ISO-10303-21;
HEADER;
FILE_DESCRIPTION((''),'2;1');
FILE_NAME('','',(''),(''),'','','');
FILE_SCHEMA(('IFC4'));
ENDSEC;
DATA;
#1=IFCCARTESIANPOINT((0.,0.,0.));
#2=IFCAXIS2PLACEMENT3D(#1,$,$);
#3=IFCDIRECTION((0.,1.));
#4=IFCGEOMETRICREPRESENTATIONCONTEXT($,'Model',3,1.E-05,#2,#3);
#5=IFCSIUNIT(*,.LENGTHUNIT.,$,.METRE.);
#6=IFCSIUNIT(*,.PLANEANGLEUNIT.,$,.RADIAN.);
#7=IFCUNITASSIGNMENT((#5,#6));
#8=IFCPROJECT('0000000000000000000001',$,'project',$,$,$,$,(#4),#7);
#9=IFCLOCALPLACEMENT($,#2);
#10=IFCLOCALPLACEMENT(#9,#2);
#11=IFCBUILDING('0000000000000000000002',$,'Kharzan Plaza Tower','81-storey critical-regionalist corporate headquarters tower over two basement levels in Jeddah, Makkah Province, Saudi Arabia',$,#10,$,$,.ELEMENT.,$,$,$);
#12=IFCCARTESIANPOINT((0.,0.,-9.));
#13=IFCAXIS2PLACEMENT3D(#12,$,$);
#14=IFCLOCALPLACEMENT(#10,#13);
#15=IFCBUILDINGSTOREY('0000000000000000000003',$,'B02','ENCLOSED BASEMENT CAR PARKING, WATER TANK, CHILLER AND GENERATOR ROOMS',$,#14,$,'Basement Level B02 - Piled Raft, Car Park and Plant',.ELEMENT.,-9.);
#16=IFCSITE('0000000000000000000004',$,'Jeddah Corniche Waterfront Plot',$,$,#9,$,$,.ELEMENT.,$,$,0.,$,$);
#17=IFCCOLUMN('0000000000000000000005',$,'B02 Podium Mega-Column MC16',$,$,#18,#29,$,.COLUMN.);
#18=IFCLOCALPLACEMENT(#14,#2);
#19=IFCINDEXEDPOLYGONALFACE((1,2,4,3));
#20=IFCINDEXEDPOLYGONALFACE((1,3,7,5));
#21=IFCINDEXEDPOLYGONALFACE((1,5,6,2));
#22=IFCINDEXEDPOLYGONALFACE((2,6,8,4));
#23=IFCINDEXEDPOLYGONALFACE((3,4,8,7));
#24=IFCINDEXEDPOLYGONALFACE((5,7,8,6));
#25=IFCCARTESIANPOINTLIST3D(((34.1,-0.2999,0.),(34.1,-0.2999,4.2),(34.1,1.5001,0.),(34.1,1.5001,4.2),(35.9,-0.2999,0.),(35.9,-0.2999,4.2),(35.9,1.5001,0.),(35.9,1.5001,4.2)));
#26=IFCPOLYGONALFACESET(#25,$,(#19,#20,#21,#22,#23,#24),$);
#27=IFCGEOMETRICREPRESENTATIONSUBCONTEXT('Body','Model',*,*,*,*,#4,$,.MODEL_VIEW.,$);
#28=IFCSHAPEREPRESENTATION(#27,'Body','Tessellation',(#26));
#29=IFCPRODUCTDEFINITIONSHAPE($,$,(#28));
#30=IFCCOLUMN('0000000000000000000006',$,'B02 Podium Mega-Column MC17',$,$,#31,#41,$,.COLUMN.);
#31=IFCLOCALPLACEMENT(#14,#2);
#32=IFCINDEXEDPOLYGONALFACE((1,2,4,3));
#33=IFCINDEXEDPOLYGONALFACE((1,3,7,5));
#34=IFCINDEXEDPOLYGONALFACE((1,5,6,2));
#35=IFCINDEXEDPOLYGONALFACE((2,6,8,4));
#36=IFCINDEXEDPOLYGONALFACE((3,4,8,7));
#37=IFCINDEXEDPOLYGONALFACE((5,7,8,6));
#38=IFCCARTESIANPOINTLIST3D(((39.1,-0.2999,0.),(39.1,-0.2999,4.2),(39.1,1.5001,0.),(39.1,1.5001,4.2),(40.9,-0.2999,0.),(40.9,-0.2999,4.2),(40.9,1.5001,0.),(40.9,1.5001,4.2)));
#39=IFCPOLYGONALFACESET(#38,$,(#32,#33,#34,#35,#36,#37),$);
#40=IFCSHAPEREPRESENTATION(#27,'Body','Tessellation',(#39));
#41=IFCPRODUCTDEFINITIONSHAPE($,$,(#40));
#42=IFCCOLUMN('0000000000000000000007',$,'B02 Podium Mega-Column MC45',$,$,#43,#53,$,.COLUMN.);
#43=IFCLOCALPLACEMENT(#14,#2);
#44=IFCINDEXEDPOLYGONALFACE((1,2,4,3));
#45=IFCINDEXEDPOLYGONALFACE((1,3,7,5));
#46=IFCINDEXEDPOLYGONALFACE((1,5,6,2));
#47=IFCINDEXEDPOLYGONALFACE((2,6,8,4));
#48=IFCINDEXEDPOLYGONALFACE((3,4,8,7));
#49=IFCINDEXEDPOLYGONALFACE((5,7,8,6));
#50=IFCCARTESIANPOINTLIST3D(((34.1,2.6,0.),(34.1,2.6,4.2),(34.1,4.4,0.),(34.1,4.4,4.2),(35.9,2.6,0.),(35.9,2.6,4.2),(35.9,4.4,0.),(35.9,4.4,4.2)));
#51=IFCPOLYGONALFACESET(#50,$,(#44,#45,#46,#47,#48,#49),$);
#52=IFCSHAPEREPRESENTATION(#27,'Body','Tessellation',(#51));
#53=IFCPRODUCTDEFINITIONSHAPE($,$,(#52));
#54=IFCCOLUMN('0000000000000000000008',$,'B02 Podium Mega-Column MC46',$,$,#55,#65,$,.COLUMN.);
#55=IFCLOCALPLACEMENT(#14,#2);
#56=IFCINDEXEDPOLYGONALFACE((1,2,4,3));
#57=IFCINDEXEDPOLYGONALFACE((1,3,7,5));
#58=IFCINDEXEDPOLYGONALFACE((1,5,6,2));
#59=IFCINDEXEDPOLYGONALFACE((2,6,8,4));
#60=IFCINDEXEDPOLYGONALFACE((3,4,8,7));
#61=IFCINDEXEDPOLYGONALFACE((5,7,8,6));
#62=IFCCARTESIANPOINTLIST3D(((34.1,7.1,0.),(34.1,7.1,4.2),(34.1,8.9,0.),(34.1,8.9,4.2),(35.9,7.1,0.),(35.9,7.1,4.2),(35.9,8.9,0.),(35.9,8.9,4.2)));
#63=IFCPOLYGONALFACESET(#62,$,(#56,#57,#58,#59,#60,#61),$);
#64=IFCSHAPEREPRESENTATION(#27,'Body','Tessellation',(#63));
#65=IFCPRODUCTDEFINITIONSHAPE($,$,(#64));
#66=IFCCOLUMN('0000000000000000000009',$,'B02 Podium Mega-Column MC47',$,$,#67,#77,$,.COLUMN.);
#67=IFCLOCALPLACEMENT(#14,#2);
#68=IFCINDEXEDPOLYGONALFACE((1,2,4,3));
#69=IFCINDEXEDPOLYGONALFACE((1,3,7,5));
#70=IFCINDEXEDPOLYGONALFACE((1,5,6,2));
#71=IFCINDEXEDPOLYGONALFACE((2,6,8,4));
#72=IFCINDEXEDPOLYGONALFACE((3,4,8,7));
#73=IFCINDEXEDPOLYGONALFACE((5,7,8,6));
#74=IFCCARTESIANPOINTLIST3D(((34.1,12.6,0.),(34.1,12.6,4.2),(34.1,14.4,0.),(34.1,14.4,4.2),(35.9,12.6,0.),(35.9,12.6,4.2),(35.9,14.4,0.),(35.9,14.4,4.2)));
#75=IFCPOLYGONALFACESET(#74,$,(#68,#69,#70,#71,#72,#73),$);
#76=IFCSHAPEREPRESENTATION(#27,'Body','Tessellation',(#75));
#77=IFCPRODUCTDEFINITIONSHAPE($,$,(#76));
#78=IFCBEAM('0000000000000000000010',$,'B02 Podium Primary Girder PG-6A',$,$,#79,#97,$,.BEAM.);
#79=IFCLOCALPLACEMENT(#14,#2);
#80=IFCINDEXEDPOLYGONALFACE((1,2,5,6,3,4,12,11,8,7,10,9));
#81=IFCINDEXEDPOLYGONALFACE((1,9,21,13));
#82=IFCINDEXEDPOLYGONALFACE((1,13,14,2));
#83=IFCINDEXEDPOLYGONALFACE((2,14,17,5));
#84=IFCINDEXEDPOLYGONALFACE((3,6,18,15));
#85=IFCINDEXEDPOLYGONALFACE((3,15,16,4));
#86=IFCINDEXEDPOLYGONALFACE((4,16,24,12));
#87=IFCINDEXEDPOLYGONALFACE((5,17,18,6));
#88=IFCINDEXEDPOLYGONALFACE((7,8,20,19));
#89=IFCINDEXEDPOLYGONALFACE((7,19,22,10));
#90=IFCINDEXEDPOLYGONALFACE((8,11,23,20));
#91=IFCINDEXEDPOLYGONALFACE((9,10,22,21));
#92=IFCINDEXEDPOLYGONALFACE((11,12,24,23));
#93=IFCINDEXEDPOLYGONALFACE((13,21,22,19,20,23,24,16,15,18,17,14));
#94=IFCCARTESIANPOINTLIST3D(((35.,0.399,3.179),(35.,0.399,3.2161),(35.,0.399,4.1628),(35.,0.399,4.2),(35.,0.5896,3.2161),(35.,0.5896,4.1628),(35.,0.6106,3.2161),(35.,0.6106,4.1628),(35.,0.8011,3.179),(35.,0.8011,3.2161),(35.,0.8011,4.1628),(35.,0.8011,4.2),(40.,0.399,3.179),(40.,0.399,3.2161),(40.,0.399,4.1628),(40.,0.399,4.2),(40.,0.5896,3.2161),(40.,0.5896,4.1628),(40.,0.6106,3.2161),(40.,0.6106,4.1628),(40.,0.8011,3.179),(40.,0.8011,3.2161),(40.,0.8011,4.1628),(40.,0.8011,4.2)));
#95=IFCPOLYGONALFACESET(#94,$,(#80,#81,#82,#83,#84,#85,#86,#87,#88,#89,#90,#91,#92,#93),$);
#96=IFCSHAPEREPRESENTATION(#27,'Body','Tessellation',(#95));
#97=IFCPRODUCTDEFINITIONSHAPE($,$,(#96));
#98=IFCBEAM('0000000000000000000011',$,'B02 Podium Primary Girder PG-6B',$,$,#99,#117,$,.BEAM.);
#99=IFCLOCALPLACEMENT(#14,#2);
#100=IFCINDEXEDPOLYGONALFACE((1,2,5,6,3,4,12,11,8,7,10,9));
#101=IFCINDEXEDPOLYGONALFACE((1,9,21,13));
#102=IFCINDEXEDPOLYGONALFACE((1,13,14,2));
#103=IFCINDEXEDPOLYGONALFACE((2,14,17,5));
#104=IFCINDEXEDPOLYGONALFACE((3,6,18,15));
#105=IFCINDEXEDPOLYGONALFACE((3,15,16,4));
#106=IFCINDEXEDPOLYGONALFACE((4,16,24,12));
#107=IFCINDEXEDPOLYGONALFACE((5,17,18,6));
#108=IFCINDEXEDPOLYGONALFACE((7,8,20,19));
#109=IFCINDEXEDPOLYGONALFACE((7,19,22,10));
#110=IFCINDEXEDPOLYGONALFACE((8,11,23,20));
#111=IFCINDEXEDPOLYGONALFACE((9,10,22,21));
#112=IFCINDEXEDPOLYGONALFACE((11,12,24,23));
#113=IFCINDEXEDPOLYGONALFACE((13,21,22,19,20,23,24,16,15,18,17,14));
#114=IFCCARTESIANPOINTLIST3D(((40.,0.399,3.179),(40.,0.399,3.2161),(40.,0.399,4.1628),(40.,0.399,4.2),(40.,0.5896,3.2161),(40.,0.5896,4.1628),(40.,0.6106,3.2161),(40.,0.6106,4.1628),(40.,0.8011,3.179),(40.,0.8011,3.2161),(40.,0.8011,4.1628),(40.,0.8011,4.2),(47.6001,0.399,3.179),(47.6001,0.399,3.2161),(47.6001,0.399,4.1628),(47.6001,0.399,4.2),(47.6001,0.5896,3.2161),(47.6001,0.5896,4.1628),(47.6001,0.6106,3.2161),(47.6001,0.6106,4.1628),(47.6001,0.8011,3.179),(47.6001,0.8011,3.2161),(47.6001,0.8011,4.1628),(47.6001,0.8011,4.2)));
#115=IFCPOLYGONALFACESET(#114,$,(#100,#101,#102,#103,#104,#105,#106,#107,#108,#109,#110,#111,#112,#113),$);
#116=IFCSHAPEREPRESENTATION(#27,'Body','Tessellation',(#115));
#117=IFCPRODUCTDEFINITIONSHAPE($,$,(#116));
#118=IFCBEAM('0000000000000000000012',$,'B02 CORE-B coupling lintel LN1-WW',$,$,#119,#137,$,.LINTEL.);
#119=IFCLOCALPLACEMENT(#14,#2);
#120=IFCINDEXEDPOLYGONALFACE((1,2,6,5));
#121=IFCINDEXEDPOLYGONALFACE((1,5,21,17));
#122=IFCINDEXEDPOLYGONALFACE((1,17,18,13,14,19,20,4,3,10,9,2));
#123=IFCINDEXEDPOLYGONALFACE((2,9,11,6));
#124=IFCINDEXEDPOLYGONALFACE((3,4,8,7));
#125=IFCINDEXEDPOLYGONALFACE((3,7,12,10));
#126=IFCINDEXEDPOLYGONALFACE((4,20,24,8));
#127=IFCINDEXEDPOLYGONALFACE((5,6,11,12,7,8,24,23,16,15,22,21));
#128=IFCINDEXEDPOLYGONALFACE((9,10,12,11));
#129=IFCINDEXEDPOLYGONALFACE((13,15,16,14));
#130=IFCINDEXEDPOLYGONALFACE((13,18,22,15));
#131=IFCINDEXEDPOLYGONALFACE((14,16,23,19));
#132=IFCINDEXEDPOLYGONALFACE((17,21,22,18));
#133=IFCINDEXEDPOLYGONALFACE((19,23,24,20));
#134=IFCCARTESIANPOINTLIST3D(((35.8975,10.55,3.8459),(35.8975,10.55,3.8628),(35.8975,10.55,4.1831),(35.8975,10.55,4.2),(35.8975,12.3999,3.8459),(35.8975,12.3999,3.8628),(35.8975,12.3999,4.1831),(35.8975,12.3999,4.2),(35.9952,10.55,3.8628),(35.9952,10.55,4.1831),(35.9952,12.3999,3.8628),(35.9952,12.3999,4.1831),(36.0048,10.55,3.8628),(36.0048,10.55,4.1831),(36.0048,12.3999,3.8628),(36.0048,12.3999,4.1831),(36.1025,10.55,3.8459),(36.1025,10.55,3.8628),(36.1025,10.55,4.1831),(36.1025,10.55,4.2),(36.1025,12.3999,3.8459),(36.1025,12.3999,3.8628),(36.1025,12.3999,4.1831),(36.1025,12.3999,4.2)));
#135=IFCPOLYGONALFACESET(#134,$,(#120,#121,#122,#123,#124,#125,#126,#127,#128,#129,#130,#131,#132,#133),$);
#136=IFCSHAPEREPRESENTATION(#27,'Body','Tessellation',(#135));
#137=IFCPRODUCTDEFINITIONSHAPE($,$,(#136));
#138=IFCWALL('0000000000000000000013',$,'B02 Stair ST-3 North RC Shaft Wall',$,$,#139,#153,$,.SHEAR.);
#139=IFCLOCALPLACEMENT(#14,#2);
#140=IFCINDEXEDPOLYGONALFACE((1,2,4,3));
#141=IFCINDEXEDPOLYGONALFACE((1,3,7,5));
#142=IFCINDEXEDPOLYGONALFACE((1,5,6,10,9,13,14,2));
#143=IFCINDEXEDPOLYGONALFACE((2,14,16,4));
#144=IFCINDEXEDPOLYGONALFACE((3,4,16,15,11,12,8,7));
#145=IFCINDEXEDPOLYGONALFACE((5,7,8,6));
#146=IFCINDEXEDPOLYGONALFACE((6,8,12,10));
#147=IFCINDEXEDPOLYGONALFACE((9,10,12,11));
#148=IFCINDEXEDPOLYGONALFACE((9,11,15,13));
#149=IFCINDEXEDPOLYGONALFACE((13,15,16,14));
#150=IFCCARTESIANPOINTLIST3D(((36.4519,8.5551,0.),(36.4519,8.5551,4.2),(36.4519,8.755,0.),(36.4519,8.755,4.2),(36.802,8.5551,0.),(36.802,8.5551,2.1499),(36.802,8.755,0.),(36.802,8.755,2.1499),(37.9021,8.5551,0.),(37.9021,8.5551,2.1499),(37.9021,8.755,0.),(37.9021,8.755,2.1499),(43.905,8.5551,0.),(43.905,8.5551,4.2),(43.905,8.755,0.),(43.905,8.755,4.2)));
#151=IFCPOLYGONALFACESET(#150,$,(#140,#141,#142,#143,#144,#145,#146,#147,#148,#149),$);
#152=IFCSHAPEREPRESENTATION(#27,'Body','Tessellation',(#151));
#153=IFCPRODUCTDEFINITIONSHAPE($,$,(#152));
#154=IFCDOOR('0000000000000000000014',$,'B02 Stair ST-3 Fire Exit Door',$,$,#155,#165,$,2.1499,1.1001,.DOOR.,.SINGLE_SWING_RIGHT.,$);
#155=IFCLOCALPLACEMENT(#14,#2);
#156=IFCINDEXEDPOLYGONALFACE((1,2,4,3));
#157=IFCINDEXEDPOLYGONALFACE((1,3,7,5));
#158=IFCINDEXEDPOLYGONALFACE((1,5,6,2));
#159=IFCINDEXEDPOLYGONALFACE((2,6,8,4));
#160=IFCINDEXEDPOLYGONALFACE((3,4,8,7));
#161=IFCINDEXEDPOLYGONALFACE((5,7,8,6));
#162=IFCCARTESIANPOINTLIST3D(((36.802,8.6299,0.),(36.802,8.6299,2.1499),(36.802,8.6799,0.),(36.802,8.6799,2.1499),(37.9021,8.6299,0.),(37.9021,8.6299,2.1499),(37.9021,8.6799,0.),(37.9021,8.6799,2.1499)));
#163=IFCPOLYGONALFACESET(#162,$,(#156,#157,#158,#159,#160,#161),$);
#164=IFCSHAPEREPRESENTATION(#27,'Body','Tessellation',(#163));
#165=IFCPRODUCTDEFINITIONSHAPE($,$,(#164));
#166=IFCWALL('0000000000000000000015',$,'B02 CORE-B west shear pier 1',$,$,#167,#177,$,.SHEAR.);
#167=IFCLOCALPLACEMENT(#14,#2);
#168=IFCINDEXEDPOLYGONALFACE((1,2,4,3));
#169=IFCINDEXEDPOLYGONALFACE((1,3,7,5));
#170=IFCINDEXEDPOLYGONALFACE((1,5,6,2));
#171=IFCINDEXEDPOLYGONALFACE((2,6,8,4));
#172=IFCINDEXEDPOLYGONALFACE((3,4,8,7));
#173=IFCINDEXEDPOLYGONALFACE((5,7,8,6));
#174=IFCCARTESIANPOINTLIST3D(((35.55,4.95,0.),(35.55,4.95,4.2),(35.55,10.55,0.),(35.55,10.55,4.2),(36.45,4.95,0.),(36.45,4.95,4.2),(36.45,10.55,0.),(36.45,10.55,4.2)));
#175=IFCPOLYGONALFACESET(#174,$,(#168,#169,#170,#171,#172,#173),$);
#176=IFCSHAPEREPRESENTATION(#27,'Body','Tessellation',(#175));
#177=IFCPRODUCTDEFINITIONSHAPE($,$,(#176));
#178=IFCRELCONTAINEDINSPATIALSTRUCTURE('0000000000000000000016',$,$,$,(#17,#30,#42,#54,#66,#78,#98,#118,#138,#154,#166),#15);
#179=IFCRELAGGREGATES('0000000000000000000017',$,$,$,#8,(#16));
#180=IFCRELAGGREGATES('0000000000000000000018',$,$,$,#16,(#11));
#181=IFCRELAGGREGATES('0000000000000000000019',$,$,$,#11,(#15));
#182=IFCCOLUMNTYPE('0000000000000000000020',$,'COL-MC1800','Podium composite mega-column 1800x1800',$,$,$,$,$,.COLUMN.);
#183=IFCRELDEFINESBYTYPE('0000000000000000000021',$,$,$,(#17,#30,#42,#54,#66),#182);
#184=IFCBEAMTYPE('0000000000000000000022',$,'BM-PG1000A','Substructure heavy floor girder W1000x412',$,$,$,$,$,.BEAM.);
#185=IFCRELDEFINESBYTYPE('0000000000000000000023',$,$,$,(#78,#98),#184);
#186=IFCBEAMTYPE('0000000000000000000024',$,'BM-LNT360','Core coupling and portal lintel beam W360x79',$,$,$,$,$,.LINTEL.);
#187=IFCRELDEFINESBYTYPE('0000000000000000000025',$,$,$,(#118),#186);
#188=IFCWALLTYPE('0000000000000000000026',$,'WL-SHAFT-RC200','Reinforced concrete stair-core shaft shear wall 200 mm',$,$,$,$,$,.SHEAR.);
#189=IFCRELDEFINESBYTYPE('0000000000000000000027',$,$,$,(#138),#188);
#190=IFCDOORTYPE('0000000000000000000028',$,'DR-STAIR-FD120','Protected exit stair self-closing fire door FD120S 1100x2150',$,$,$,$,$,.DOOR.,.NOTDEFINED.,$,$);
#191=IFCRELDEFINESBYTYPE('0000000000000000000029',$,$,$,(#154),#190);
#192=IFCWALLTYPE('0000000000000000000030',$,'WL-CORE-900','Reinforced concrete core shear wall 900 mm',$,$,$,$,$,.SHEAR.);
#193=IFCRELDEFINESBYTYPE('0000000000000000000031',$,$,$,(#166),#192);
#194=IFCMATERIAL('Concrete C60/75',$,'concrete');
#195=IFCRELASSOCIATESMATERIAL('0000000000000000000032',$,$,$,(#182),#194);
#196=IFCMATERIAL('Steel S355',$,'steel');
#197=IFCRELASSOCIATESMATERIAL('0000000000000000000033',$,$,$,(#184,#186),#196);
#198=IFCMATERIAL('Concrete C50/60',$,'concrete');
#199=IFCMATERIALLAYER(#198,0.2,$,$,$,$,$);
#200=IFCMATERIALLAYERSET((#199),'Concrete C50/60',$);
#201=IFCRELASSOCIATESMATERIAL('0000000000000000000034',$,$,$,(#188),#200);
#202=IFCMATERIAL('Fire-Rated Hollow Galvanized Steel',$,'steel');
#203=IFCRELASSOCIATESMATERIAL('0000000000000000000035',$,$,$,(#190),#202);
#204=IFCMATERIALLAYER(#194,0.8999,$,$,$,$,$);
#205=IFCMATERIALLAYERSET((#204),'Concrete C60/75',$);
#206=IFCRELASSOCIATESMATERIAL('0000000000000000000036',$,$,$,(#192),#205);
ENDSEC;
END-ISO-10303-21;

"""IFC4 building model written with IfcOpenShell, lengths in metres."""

from ifc_helpers import new_model, si_unit, direction, frame, frame_2d, origin, origin_2d, place, context, subcontext, project, spatial, rectangle, i_section, extrude, source, transform, mapped, material, layer, layer_set, material_profile, profile_set, type_object, element, fill, save


model = new_model("IFC4")

# Units and contexts
model_context = context("Model", 3, precision=1e-05, world=origin(), true_north=direction((0.0, 1.0)))
body_context = subcontext(model_context, "Body", "Model", "MODEL_VIEW")
ifc_project = project(units=[si_unit("LENGTHUNIT", "METRE"), si_unit("PLANEANGLEUNIT", "RADIAN")], contexts=[model_context])

# Site, building, storey
site_placement = place(None, origin())
site = spatial("IfcSite", under=ifc_project, at=site_placement, Name="Jeddah Corniche Waterfront Plot", CompositionType="ELEMENT", RefElevation=0.0)
building_placement = place(site_placement, origin())
building = spatial("IfcBuilding", under=site, at=building_placement, Name="Kharzan Plaza Tower", Description="81-storey critical-regionalist corporate headquarters tower over two basement levels in Jeddah, Makkah Province, Saudi Arabia", CompositionType="ELEMENT")
storey_placement = place(building_placement, frame((0.0, 0.0, -9.0)))
storey = spatial("IfcBuildingStorey", under=building, at=storey_placement, Name="B02", Description="ENCLOSED BASEMENT CAR PARKING, WATER TANK, CHILLER AND GENERATOR ROOMS", LongName="Basement Level B02 - Piled Raft, Car Park and Plant", CompositionType="ELEMENT", Elevation=-9.0)

# Shared definitions
ifc_material_1 = material(Name="Concrete C50/60", Category="concrete")

# Columns
ifc_material_2 = material(Name="Concrete C60/75", Category="concrete")
ifc_material_profile_1 = material_profile(ifc_material_2, rectangle(XDim=1.8, YDim=1.8, at=origin_2d()), Name="RC-MC1800x1800")
ifc_profile_set_1 = profile_set([ifc_material_profile_1], Name="Concrete C60/75")
column_type = type_object("IfcColumnType", Name="COL-MC1800", Description="Podium composite mega-column 1800x1800", PredefinedType="COLUMN", material=ifc_profile_set_1)
shared_shape_1 = source(origin(), body_context, "Body", "SweptSolid", [
    extrude(rectangle(XDim=1.8, YDim=1.8, at=origin_2d()), origin(), (0.0, 0.0, 1.0), 4.2),
])
for number, where, z_axis, x_axis, name in (
    (1, (35.0, 0.6001, 0.0), (0.0, 0.0, 1.0), (1.0, 0.0, 0.0), "B02 Podium Mega-Column MC16"),
    (2, (40.0, 0.6001, 0.0), (0.0, 0.0, 1.0), (1.0, 0.0, 0.0), "B02 Podium Mega-Column MC17"),
    (3, (35.0, 3.5, 0.0), (0.0, 0.0, 1.0), (1.0, 0.0, 0.0), "B02 Podium Mega-Column MC45"),
    (4, (35.0, 8.0, 0.0), (0.0, 0.0, 1.0), (1.0, 0.0, 0.0), "B02 Podium Mega-Column MC46"),
    (5, (35.0, 13.5, 0.0), (0.0, 0.0, 1.0), (1.0, 0.0, 0.0), "B02 Podium Mega-Column MC47"),
):
    element("IfcColumn", number, at=place(storey_placement, frame(where, z_axis=z_axis, x_axis=x_axis)), inside=storey, type_object=column_type, Name=name, PredefinedType="COLUMN", context=body_context, shape_type="MappedRepresentation", body=[
        mapped(shared_shape_1, transform((0.0, 0.0, 0.0), x_axis=(1.0, 0.0, 0.0), y_axis=(0.0, 1.0, 0.0), z_axis=(0.0, 0.0, 1.0))),
    ])

# Beams
ifc_material_3 = material(Name="Steel S355", Category="steel")
ifc_material_profile_2 = material_profile(ifc_material_3, i_section(OverallWidth=0.4021, OverallDepth=1.021, WebThickness=0.021, FlangeThickness=0.0371, at=origin_2d()), Name="W1000x412")
ifc_profile_set_2 = profile_set([ifc_material_profile_2], Name="Steel S355")
beam_type_1 = type_object("IfcBeamType", Name="BM-PG1000A", Description="Substructure heavy floor girder W1000x412", PredefinedType="BEAM", material=ifc_profile_set_2)
shared_shape_2 = source(origin(), body_context, "Body", "SweptSolid", [
    extrude(i_section(OverallWidth=0.4021, OverallDepth=1.021, WebThickness=0.021, FlangeThickness=0.0371, at=origin_2d()), origin(), (0.0, 0.0, 1.0), 5.0),
])
beam_1_placement = place(storey_placement, frame((35.0, 0.6001, 3.6895), z_axis=(1.0, 0.0, 0.0), x_axis=(0.0, 1.0, 0.0)))
element("IfcBeam", 6, at=beam_1_placement, inside=storey, type_object=beam_type_1, Name="B02 Podium Primary Girder PG-6A", PredefinedType="BEAM", context=body_context, shape_type="MappedRepresentation", body=[
    mapped(shared_shape_2, transform((0.0, 0.0, 0.0), x_axis=(1.0, 0.0, 0.0), y_axis=(0.0, 1.0, 0.0), z_axis=(0.0, 0.0, 1.0))),
])
shared_shape_3 = source(origin(), body_context, "Body", "SweptSolid", [
    extrude(i_section(OverallWidth=0.4021, OverallDepth=1.021, WebThickness=0.021, FlangeThickness=0.0371, at=origin_2d()), origin(), (0.0, 0.0, 1.0), 7.6001),
])
beam_2_placement = place(storey_placement, frame((40.0, 0.6001, 3.6895), z_axis=(1.0, 0.0, 0.0), x_axis=(0.0, 1.0, 0.0)))
element("IfcBeam", 7, at=beam_2_placement, inside=storey, type_object=beam_type_1, Name="B02 Podium Primary Girder PG-6B", PredefinedType="BEAM", context=body_context, shape_type="MappedRepresentation", body=[
    mapped(shared_shape_3, transform((0.0, 0.0, 0.0), x_axis=(1.0, 0.0, 0.0), y_axis=(0.0, 1.0, 0.0), z_axis=(0.0, 0.0, 1.0))),
])
ifc_material_profile_3 = material_profile(ifc_material_3, i_section(OverallWidth=0.2051, OverallDepth=0.354, WebThickness=0.0095, FlangeThickness=0.0168, at=origin_2d()), Name="W360x79")
ifc_profile_set_3 = profile_set([ifc_material_profile_3], Name="Steel S355")
beam_type_2 = type_object("IfcBeamType", Name="BM-LNT360", Description="Core coupling and portal lintel beam W360x79", PredefinedType="LINTEL", material=ifc_profile_set_3)
shared_shape_4 = source(origin(), body_context, "Body", "SweptSolid", [
    extrude(i_section(OverallWidth=0.2051, OverallDepth=0.354, WebThickness=0.0095, FlangeThickness=0.0168, at=origin_2d()), origin(), (0.0, 0.0, 1.0), 1.8499),
])
beam_3_placement = place(storey_placement, frame((36.0, 10.55, 4.0229), z_axis=(0.0, 1.0, 0.0), x_axis=(-1.0, 0.0, 0.0)))
element("IfcBeam", 8, at=beam_3_placement, inside=storey, type_object=beam_type_2, Name="B02 CORE-B coupling lintel LN1-WW", PredefinedType="LINTEL", context=body_context, shape_type="MappedRepresentation", body=[
    mapped(shared_shape_4, transform((0.0, 0.0, 0.0), x_axis=(1.0, 0.0, 0.0), y_axis=(0.0, 1.0, 0.0), z_axis=(0.0, 0.0, 1.0))),
])

# Wall, opening, door
ifc_layer_1 = layer(ifc_material_1, 0.2)
ifc_layer_set_1 = layer_set([ifc_layer_1], Name="Concrete C50/60")
wall_type_1 = type_object("IfcWallType", Name="WL-SHAFT-RC200", Description="Reinforced concrete stair-core shaft shear wall 200 mm", PredefinedType="SHEAR", material=ifc_layer_set_1)
wall_1_placement = place(storey_placement, frame((36.4519, 8.655, 0.0), z_axis=(0.0, 0.0, 1.0), x_axis=(1.0, 0.0, 0.0)))
wall_1 = element("IfcWall", 9, at=wall_1_placement, inside=storey, type_object=wall_type_1, Name="B02 Stair ST-3 North RC Shaft Wall", PredefinedType="SHEAR", context=body_context, shape_type="SweptSolid", body=[
    extrude(rectangle(XDim=7.4531, YDim=0.2, at=frame_2d((3.7266, 0.0))), origin(), (0.0, 0.0, 1.0), 4.2),
])
opening_placement = place(wall_1_placement, frame((0.3501, 0.0, 0.0)))
opening = element("IfcOpeningElement", 10, at=opening_placement, cuts=wall_1, PredefinedType="OPENING", context=body_context, shape_type="SweptSolid", body=[
    extrude(rectangle(XDim=1.1001, YDim=2.1499, at=frame_2d((0.55, 1.075))), frame((0.0, 0.1099, 0.0), z_axis=(0.0, -1.0, 0.0), x_axis=(1.0, 0.0, 0.0)), (0.0, 0.0, 1.0), 0.22),
])
ifc_material_4 = material(Name="Fire-Rated Hollow Galvanized Steel", Category="steel")
door_type = type_object("IfcDoorType", Name="DR-STAIR-FD120", Description="Protected exit stair self-closing fire door FD120S 1100x2150", OperationType="NOTDEFINED", PredefinedType="DOOR", material=ifc_material_4)
shared_shape_5 = source(origin(), body_context, "Body", "SweptSolid", [
    extrude(rectangle(XDim=1.1001, YDim=2.1499, at=frame_2d((0.55, 1.075))), frame((0.0, 0.0249, 0.0), z_axis=(0.0, -1.0, 0.0), x_axis=(1.0, 0.0, 0.0)), (0.0, 0.0, 1.0), 0.05),
])
door_placement = place(opening_placement, origin())
door = element("IfcDoor", 11, at=door_placement, inside=storey, type_object=door_type, Name="B02 Stair ST-3 Fire Exit Door", OperationType="SINGLE_SWING_RIGHT", OverallHeight=2.1499, OverallWidth=1.1001, PredefinedType="DOOR", context=body_context, shape_type="MappedRepresentation", body=[
    mapped(shared_shape_5, transform((0.0, 0.0, 0.0), x_axis=(1.0, 0.0, 0.0), y_axis=(0.0, 1.0, 0.0), z_axis=(0.0, 0.0, 1.0))),
])
fill(opening, door)

# Wall
ifc_layer_2 = layer(ifc_material_2, 0.8999)
ifc_layer_set_2 = layer_set([ifc_layer_2], Name="Concrete C60/75")
wall_type_2 = type_object("IfcWallType", Name="WL-CORE-900", Description="Reinforced concrete core shear wall 900 mm", PredefinedType="SHEAR", material=ifc_layer_set_2)
shared_shape_6 = source(origin(), body_context, "Body", "SweptSolid", [
    extrude(rectangle(XDim=5.6001, YDim=0.8999, at=frame_2d((2.8, 0.0))), origin(), (0.0, 0.0, 1.0), 4.2),
])
wall_2_placement = place(storey_placement, frame((36.0, 4.95, 0.0), z_axis=(0.0, 0.0, 1.0), x_axis=(0.0, 1.0, 0.0)))
element("IfcWall", 12, at=wall_2_placement, inside=storey, type_object=wall_type_2, Name="B02 CORE-B west shear pier 1", PredefinedType="SHEAR", context=body_context, shape_type="MappedRepresentation", body=[
    mapped(shared_shape_6, transform((0.0, 0.0, 0.0), x_axis=(1.0, 0.0, 0.0), y_axis=(0.0, 1.0, 0.0), z_axis=(0.0, 0.0, 1.0))),
])

save(model, "model.ifc")
